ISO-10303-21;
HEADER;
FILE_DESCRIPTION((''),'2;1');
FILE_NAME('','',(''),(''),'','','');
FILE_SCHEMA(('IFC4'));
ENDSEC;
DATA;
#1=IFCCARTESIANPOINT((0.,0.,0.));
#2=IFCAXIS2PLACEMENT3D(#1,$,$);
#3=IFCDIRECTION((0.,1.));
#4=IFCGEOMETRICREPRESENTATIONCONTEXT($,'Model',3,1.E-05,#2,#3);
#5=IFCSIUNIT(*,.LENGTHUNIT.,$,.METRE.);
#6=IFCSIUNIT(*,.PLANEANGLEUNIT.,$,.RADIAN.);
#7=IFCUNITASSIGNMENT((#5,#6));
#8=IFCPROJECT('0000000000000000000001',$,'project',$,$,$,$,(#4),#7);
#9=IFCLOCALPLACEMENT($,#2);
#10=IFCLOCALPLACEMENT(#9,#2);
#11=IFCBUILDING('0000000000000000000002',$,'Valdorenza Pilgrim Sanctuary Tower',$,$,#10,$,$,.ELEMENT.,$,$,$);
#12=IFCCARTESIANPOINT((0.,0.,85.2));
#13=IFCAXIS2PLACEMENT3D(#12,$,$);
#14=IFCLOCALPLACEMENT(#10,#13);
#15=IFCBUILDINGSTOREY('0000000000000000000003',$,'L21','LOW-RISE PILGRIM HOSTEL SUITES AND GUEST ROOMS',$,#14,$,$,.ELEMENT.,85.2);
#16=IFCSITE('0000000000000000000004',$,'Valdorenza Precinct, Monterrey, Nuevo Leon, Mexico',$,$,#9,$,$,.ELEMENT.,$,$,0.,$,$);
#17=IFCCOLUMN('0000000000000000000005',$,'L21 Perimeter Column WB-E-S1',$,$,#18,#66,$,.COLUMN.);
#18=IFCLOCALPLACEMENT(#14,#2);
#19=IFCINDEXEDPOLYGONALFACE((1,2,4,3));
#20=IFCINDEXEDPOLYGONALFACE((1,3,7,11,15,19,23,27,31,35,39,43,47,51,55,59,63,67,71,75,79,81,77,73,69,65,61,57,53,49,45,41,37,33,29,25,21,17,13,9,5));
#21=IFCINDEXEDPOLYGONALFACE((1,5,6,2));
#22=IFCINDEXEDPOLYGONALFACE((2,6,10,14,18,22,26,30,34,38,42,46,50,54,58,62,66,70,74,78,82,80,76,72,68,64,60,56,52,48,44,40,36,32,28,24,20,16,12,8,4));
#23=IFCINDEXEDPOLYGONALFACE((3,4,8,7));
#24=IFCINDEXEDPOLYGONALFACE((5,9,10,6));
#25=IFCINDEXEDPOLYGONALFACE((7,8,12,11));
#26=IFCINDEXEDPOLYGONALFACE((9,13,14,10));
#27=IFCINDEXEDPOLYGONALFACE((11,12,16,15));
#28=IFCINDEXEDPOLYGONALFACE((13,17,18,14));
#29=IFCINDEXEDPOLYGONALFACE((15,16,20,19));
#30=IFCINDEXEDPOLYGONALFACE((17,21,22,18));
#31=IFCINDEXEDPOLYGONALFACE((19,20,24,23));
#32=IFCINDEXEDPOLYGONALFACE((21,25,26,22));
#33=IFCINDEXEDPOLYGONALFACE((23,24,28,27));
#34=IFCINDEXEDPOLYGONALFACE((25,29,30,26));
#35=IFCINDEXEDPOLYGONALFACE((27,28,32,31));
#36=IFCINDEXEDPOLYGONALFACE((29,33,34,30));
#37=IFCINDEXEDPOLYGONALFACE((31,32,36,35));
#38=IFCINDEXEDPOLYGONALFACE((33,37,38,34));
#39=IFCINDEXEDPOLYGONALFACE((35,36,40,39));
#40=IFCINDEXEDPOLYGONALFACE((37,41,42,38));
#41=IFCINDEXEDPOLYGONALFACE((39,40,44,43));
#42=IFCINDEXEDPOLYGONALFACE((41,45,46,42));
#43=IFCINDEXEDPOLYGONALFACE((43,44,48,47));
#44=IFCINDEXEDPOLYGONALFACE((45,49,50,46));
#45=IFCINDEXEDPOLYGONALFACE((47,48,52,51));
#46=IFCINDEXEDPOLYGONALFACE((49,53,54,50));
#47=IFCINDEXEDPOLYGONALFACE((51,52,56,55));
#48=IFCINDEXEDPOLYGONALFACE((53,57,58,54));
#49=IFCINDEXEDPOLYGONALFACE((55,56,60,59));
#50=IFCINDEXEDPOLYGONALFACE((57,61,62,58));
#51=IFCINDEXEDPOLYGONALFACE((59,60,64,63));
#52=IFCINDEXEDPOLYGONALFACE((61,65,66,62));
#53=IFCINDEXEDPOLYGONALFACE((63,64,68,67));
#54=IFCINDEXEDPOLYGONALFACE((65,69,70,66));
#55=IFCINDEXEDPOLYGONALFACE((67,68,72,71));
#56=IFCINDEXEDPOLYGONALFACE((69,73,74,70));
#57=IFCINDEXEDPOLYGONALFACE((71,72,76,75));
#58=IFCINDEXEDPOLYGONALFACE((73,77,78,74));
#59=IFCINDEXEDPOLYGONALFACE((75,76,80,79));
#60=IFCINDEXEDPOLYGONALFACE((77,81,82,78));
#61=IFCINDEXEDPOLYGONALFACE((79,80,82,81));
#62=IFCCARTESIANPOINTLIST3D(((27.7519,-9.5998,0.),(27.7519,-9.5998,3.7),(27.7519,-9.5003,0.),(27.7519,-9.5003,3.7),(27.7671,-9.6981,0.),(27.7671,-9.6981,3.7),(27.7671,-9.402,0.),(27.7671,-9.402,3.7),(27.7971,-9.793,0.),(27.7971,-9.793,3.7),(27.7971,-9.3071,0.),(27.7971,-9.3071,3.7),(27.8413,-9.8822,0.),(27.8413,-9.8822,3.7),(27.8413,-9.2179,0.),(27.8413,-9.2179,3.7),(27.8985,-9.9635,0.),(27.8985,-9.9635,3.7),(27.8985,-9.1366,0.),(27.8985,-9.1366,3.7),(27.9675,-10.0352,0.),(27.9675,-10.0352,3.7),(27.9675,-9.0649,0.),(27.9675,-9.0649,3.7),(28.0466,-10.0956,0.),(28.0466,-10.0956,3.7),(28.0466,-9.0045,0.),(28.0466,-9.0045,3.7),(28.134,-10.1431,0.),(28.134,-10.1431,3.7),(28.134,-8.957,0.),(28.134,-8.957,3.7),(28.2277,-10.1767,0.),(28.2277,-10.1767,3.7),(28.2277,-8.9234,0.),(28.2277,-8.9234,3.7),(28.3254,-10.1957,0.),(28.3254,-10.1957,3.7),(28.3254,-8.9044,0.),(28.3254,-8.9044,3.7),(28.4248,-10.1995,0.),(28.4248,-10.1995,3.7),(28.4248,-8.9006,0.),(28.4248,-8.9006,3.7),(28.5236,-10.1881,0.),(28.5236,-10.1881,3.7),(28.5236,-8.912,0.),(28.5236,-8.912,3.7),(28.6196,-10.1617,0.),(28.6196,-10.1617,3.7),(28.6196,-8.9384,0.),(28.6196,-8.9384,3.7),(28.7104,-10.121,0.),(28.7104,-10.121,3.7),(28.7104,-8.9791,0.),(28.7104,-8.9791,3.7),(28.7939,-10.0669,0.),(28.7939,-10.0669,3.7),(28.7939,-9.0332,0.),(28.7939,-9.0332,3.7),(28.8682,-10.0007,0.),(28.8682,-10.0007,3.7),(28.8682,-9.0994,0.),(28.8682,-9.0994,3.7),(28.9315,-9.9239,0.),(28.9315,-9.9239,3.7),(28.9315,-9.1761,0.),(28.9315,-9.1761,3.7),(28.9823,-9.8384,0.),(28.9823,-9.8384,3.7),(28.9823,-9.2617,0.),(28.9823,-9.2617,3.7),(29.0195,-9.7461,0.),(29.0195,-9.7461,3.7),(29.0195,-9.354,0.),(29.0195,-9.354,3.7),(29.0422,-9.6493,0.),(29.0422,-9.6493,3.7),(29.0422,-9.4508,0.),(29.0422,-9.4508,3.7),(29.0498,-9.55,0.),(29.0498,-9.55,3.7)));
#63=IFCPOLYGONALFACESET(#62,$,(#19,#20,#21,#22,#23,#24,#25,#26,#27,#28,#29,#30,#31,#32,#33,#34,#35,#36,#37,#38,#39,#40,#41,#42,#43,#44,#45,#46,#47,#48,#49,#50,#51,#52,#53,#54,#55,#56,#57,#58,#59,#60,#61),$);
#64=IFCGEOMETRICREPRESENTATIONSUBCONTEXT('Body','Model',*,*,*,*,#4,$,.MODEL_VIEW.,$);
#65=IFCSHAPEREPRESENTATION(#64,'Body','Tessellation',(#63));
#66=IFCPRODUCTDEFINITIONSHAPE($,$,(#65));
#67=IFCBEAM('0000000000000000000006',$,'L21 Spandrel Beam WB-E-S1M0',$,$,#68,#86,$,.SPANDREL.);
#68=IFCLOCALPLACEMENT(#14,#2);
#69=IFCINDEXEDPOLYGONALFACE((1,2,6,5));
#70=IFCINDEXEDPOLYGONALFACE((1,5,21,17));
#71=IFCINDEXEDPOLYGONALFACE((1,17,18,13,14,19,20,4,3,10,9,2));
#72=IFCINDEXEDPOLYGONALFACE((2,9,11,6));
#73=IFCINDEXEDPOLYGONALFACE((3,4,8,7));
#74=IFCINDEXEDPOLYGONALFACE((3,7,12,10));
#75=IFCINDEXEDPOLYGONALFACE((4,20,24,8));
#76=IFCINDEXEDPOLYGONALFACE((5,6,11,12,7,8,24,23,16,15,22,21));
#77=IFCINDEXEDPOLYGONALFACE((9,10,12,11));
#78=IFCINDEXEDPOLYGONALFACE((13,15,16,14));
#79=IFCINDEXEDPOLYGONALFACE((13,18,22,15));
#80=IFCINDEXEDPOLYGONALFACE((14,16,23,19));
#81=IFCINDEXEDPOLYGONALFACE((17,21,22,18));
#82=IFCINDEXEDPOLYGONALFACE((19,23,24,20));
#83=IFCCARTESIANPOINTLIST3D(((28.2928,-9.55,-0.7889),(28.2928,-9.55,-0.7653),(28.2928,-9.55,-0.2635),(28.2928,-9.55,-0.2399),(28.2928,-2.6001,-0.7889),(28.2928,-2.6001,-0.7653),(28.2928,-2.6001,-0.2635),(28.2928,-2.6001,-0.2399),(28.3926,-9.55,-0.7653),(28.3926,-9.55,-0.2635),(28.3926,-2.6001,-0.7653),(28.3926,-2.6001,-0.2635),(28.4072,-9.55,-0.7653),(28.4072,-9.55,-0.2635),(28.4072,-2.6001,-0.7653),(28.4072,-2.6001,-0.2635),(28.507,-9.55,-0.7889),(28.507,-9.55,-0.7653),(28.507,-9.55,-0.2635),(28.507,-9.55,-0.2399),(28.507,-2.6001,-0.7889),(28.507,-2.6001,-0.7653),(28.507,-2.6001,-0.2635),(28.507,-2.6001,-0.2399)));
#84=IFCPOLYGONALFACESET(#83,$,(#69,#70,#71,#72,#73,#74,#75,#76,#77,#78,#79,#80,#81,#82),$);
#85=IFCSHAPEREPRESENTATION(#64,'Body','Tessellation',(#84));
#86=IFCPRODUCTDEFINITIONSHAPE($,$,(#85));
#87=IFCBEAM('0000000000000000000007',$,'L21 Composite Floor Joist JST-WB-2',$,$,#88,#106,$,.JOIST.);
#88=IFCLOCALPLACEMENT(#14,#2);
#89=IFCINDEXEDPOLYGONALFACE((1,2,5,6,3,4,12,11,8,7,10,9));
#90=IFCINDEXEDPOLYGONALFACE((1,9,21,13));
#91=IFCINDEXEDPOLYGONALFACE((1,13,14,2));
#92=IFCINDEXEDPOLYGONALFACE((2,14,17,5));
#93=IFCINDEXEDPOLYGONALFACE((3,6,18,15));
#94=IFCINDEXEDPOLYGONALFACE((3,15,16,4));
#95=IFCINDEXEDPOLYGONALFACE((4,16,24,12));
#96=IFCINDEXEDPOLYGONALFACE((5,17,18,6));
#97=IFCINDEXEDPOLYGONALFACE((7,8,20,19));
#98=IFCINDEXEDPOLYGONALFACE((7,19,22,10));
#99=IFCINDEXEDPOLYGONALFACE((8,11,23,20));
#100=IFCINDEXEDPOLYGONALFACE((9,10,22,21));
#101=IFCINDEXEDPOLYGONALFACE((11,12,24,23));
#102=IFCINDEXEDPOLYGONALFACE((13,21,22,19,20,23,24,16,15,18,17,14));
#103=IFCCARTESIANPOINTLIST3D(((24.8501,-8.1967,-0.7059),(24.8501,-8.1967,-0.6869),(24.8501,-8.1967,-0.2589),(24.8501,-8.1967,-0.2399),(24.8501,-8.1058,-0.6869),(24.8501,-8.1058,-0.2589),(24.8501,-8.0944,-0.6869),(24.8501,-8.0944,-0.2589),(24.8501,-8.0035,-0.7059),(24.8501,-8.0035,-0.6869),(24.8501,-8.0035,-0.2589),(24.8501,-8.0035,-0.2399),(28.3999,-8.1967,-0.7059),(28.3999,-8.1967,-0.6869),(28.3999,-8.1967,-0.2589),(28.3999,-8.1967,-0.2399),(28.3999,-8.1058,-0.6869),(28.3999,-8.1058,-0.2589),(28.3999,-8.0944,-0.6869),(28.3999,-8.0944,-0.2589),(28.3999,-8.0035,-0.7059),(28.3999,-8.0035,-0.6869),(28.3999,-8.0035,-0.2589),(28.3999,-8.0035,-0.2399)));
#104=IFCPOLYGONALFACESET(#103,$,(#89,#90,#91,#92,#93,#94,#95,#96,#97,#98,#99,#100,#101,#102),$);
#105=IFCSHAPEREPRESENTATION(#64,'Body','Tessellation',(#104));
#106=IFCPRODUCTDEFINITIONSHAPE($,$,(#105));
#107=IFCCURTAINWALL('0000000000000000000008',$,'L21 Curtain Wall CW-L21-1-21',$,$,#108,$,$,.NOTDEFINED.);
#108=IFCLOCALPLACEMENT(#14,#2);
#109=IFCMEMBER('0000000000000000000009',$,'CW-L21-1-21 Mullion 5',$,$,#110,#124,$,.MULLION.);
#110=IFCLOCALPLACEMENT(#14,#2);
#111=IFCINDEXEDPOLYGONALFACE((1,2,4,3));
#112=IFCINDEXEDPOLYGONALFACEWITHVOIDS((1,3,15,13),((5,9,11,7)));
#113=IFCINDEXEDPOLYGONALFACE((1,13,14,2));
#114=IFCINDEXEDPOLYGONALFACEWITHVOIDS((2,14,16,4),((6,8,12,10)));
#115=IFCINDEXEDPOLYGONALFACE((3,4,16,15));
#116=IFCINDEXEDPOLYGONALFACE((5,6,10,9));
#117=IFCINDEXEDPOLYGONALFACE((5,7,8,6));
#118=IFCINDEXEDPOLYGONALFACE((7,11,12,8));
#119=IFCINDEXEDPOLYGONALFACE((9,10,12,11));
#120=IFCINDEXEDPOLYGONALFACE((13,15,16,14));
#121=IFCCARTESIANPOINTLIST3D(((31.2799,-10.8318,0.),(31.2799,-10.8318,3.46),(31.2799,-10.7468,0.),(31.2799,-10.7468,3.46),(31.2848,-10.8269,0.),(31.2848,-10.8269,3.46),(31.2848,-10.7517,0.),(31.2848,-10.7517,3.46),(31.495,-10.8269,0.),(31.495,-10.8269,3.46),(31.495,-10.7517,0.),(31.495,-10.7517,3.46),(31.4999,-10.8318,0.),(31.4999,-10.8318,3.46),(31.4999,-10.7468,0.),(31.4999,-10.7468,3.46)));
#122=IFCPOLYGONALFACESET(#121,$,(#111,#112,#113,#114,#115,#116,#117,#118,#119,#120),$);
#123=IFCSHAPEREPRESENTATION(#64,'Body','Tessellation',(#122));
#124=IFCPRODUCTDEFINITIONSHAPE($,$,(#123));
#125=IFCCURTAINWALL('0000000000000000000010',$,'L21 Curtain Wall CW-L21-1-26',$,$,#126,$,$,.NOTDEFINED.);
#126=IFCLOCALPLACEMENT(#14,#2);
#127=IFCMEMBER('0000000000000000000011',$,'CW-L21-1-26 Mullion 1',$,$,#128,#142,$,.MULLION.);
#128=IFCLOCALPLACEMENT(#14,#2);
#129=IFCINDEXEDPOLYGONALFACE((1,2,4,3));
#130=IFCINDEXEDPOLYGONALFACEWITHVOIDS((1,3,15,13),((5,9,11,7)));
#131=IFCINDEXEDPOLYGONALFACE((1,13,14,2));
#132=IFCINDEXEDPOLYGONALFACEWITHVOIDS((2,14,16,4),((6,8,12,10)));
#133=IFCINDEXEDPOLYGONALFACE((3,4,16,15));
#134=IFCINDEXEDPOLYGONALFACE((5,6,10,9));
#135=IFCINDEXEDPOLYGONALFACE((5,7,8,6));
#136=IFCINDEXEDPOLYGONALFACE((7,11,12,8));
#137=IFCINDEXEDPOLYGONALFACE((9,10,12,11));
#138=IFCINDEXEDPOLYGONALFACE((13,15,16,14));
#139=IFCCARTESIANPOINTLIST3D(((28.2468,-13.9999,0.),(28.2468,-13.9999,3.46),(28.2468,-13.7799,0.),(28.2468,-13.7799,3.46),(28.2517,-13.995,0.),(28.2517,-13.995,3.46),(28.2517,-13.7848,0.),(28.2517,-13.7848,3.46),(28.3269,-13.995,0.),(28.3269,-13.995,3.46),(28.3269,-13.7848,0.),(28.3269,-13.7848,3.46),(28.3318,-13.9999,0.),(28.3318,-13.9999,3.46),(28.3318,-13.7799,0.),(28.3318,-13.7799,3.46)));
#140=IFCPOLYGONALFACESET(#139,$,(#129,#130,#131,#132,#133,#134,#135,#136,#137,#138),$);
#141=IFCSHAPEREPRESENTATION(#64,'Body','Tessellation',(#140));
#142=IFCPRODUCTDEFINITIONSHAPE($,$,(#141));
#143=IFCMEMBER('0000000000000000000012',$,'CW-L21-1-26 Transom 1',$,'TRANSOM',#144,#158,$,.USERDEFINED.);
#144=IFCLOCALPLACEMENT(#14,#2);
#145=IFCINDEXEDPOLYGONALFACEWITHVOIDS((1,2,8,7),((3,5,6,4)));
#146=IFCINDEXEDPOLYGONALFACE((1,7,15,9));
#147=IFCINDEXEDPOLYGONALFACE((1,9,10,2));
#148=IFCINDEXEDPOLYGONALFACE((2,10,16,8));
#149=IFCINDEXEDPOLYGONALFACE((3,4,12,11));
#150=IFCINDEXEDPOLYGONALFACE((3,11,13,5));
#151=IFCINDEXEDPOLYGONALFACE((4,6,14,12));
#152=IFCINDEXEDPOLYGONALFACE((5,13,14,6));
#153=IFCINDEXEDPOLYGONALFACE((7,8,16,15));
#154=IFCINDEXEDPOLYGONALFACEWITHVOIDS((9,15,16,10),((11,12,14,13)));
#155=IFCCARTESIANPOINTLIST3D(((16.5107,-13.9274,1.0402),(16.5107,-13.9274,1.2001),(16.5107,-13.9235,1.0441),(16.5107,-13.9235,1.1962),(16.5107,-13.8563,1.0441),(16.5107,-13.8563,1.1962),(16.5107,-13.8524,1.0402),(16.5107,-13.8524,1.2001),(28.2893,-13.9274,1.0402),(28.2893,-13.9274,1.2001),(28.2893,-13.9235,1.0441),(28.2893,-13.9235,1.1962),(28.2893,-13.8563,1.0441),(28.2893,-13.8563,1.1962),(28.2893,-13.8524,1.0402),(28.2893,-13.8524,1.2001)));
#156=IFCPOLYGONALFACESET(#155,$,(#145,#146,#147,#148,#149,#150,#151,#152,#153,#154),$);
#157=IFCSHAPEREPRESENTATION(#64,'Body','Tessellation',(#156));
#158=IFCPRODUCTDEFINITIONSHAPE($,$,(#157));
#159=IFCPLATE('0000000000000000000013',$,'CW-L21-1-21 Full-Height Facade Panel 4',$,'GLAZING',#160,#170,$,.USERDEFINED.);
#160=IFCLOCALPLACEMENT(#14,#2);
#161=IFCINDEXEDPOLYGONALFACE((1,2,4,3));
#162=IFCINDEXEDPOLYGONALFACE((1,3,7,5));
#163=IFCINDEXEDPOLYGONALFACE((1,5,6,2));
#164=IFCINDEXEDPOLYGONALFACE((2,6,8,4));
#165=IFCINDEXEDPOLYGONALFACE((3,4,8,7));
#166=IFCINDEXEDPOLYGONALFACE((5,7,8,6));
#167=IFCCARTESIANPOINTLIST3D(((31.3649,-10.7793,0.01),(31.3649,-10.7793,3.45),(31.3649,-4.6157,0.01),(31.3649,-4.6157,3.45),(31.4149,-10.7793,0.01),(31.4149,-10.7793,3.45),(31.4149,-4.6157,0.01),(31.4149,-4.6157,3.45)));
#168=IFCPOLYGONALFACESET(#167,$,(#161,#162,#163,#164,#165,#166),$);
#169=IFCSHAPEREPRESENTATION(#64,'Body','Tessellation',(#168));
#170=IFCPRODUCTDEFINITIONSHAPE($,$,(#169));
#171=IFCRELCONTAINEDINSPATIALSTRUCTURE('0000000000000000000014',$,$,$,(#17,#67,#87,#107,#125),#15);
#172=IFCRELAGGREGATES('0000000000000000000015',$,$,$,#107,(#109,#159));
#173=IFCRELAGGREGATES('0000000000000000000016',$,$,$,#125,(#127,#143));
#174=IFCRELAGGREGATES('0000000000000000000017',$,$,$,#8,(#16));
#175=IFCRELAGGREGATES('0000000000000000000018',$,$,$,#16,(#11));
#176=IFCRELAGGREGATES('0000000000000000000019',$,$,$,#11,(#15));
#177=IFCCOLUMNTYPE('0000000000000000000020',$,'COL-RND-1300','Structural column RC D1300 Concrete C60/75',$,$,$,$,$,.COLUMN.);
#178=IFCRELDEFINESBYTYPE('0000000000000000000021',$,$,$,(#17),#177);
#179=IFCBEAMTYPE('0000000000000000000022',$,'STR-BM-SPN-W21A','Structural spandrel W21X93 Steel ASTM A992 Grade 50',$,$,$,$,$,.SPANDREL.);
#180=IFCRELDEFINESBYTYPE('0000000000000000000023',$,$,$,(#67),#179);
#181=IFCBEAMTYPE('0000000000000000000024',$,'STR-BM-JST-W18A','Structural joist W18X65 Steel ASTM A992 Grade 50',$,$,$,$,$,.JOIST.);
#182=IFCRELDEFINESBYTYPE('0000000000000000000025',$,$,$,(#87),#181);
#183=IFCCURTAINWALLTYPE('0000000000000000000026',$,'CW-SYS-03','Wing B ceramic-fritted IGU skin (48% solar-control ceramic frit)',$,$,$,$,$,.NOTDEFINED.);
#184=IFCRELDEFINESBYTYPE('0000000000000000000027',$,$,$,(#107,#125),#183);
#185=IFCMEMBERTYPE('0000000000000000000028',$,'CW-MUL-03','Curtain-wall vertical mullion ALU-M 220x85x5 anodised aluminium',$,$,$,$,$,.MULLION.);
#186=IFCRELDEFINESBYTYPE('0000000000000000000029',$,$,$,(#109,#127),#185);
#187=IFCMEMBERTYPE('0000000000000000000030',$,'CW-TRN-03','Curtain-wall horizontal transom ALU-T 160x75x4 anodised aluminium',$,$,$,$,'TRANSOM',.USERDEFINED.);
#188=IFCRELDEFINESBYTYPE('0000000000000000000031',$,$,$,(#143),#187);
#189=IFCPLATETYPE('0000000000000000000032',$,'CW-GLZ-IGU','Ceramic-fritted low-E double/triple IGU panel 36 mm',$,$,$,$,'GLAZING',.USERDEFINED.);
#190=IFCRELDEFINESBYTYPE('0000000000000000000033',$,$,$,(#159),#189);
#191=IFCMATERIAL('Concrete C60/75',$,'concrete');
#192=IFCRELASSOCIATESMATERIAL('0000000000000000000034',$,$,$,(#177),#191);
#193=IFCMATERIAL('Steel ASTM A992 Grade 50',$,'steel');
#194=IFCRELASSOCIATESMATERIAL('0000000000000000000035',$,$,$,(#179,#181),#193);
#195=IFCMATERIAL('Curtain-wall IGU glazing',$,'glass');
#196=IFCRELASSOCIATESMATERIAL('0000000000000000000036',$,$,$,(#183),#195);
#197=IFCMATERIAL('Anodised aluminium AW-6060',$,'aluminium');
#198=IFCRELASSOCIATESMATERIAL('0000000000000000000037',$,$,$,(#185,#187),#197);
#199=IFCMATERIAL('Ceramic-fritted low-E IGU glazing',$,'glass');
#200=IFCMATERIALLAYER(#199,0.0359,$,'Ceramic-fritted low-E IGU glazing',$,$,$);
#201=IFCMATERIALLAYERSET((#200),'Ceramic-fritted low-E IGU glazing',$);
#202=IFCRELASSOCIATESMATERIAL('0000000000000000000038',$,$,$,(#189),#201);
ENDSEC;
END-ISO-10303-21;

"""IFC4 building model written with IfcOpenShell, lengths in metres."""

from ifc_helpers import new_model, si_unit, direction, frame, origin, origin_2d, place, context, subcontext, project, spatial, rectangle, hollow_rectangle, circle, i_section, extrude, source, transform, mapped, material, layer, layer_set, material_profile, profile_set, type_object, element, aggregate, save


model = new_model("IFC4")

# Units and contexts
model_context = context("Model", 3, precision=1e-05, world=origin(), true_north=direction((0.0, 1.0)))
body_context = subcontext(model_context, "Body", "Model", "MODEL_VIEW")
ifc_project = project(units=[si_unit("LENGTHUNIT", "METRE"), si_unit("PLANEANGLEUNIT", "RADIAN")], contexts=[model_context])

# Site, building, storey
site_placement = place(None, origin())
site = spatial("IfcSite", under=ifc_project, at=site_placement, Name="Valdorenza Precinct, Monterrey, Nuevo Leon, Mexico", CompositionType="ELEMENT", RefElevation=0.0)
building_placement = place(site_placement, origin())
building = spatial("IfcBuilding", under=site, at=building_placement, Name="Valdorenza Pilgrim Sanctuary Tower", CompositionType="ELEMENT")
storey_placement = place(building_placement, frame((0.0, 0.0, 85.2)))
storey = spatial("IfcBuildingStorey", under=building, at=storey_placement, Name="L21", Description="LOW-RISE PILGRIM HOSTEL SUITES AND GUEST ROOMS", CompositionType="ELEMENT", Elevation=85.2)

# Column
ifc_material_1 = material(Name="Concrete C60/75", Category="concrete")
ifc_material_profile_1 = material_profile(ifc_material_1, circle(Radius=0.6499, at=origin_2d()), Name="RC D1300")
ifc_profile_set_1 = profile_set([ifc_material_profile_1], Name="Concrete C60/75")
column_type = type_object("IfcColumnType", Name="COL-RND-1300", Description="Structural column RC D1300 Concrete C60/75", PredefinedType="COLUMN", material=ifc_profile_set_1)
shared_shape_1 = source(origin(), body_context, "Body", "SweptSolid", [
    extrude(circle(Radius=0.6499, at=origin_2d()), origin(), (0.0, 0.0, 1.0), 3.7),
])
column_placement = place(storey_placement, frame((28.3999, -9.55, 0.0), z_axis=(0.0, 0.0, 1.0), x_axis=(1.0, 0.0, 0.0)))
element("IfcColumn", 1, at=column_placement, inside=storey, type_object=column_type, Name="L21 Perimeter Column WB-E-S1", PredefinedType="COLUMN", context=body_context, shape_type="MappedRepresentation", body=[
    mapped(shared_shape_1, transform((0.0, 0.0, 0.0), x_axis=(1.0, 0.0, 0.0), y_axis=(0.0, 1.0, 0.0), z_axis=(0.0, 0.0, 1.0), scale=1.0)),
])

# Beams
ifc_material_2 = material(Name="Steel ASTM A992 Grade 50", Category="steel")
ifc_material_profile_2 = material_profile(ifc_material_2, i_section(OverallWidth=0.2141, OverallDepth=0.5491, WebThickness=0.0146, FlangeThickness=0.0237, at=origin_2d()), Name="W21X93")
ifc_profile_set_2 = profile_set([ifc_material_profile_2], Name="Steel ASTM A992 Grade 50")
beam_type_1 = type_object("IfcBeamType", Name="STR-BM-SPN-W21A", Description="Structural spandrel W21X93 Steel ASTM A992 Grade 50", PredefinedType="SPANDREL", material=ifc_profile_set_2)
shared_shape_2 = source(origin(), body_context, "Body", "SweptSolid", [
    extrude(i_section(OverallWidth=0.2141, OverallDepth=0.5491, WebThickness=0.0146, FlangeThickness=0.0237, at=origin_2d()), origin(), (0.0, 0.0, 1.0), 6.95),
])
beam_1_placement = place(storey_placement, frame((28.3999, -9.55, -0.5144), z_axis=(0.0, 1.0, 0.0), x_axis=(-1.0, 0.0, 0.0)))
element("IfcBeam", 2, at=beam_1_placement, inside=storey, type_object=beam_type_1, Name="L21 Spandrel Beam WB-E-S1M0", PredefinedType="SPANDREL", context=body_context, shape_type="MappedRepresentation", body=[
    mapped(shared_shape_2, transform((0.0, 0.0, 0.0), x_axis=(1.0, 0.0, 0.0), y_axis=(0.0, 1.0, 0.0), z_axis=(0.0, 0.0, 1.0), scale=1.0)),
])
ifc_material_profile_3 = material_profile(ifc_material_2, i_section(OverallWidth=0.1931, OverallDepth=0.4661, WebThickness=0.0115, FlangeThickness=0.019, at=origin_2d()), Name="W18X65")
ifc_profile_set_3 = profile_set([ifc_material_profile_3], Name="Steel ASTM A992 Grade 50")
beam_type_2 = type_object("IfcBeamType", Name="STR-BM-JST-W18A", Description="Structural joist W18X65 Steel ASTM A992 Grade 50", PredefinedType="JOIST", material=ifc_profile_set_3)
shared_shape_3 = source(origin(), body_context, "Body", "SweptSolid", [
    extrude(i_section(OverallWidth=0.1931, OverallDepth=0.4661, WebThickness=0.0115, FlangeThickness=0.019, at=origin_2d()), origin(), (0.0, 0.0, 1.0), 3.5498),
])
beam_2_placement = place(storey_placement, frame((24.8501, -8.1001, -0.4729), z_axis=(1.0, 0.0, 0.0), x_axis=(0.0, 1.0, 0.0)))
element("IfcBeam", 3, at=beam_2_placement, inside=storey, type_object=beam_type_2, Name="L21 Composite Floor Joist JST-WB-2", PredefinedType="JOIST", context=body_context, shape_type="MappedRepresentation", body=[
    mapped(shared_shape_3, transform((0.0, 0.0, 0.0), x_axis=(1.0, 0.0, 0.0), y_axis=(0.0, 1.0, 0.0), z_axis=(0.0, 0.0, 1.0), scale=1.0)),
])

# Curtain wall, member
ifc_material_3 = material(Name="Curtain-wall IGU glazing", Category="glass")
curtain_wall_type = type_object("IfcCurtainWallType", Name="CW-SYS-03", Description="Wing B ceramic-fritted IGU skin (48% solar-control ceramic frit)", PredefinedType="NOTDEFINED", material=ifc_material_3)
curtain_wall_1_placement = place(storey_placement, origin())
curtain_wall_1 = element("IfcCurtainWall", 4, at=curtain_wall_1_placement, inside=storey, type_object=curtain_wall_type, Name="L21 Curtain Wall CW-L21-1-21", PredefinedType="NOTDEFINED")
ifc_material_4 = material(Name="Anodised aluminium AW-6060", Category="aluminium")
ifc_material_profile_4 = material_profile(ifc_material_4, hollow_rectangle(XDim=0.085, YDim=0.22, WallThickness=0.0049, at=origin_2d()), Name="ALU-M 220x85x5")
ifc_profile_set_4 = profile_set([ifc_material_profile_4], Name="Anodised aluminium AW-6060")
member_type_1 = type_object("IfcMemberType", Name="CW-MUL-03", Description="Curtain-wall vertical mullion ALU-M 220x85x5 anodised aluminium", PredefinedType="MULLION", material=ifc_profile_set_4)
shared_shape_4 = source(origin(), body_context, "Body", "SweptSolid", [
    extrude(hollow_rectangle(XDim=0.085, YDim=0.22, WallThickness=0.0049, at=origin_2d()), origin(), (0.0, 0.0, 1.0), 3.46),
])
member_1_placement = place(storey_placement, frame((31.3899, -10.7893, 0.0), z_axis=(0.0, 0.0, 1.0), x_axis=(0.0, -1.0, 0.0)))
member_1 = element("IfcMember", 5, at=member_1_placement, type_object=member_type_1, Name="CW-L21-1-21 Mullion 5", PredefinedType="MULLION", context=body_context, shape_type="MappedRepresentation", body=[
    mapped(shared_shape_4, transform((0.0, 0.0, 0.0), x_axis=(1.0, 0.0, 0.0), y_axis=(0.0, 1.0, 0.0), z_axis=(0.0, 0.0, 1.0), scale=1.0)),
])

# Curtain wall, members
curtain_wall_2_placement = place(storey_placement, origin())
curtain_wall_2 = element("IfcCurtainWall", 6, at=curtain_wall_2_placement, inside=storey, type_object=curtain_wall_type, Name="L21 Curtain Wall CW-L21-1-26", PredefinedType="NOTDEFINED")
member_2_placement = place(storey_placement, frame((28.2893, -13.8899, 0.0), z_axis=(0.0, 0.0, 1.0), x_axis=(-1.0, 0.0, 0.0)))
member_2 = element("IfcMember", 7, at=member_2_placement, type_object=member_type_1, Name="CW-L21-1-26 Mullion 1", PredefinedType="MULLION", context=body_context, shape_type="MappedRepresentation", body=[
    mapped(shared_shape_4, transform((0.0, 0.0, 0.0), x_axis=(1.0, 0.0, 0.0), y_axis=(0.0, 1.0, 0.0), z_axis=(0.0, 0.0, 1.0), scale=1.0)),
])
ifc_material_profile_5 = material_profile(ifc_material_4, hollow_rectangle(XDim=0.075, YDim=0.1599, WallThickness=0.0039, at=origin_2d()), Name="ALU-T 160x75x4")
ifc_profile_set_5 = profile_set([ifc_material_profile_5], Name="Anodised aluminium AW-6060")
member_type_2 = type_object("IfcMemberType", Name="CW-TRN-03", Description="Curtain-wall horizontal transom ALU-T 160x75x4 anodised aluminium", ElementType="TRANSOM", PredefinedType="USERDEFINED", material=ifc_profile_set_5)
shared_shape_5 = source(origin(), body_context, "Body", "SweptSolid", [
    extrude(hollow_rectangle(XDim=0.075, YDim=0.1599, WallThickness=0.0039, at=origin_2d()), origin(), (0.0, 0.0, 1.0), 11.7786),
])
member_3_placement = place(storey_placement, frame((28.2893, -13.8899, 1.1201), z_axis=(-1.0, 0.0, 0.0), x_axis=(0.0, -1.0, 0.0)))
member_3 = element("IfcMember", 8, at=member_3_placement, type_object=member_type_2, Name="CW-L21-1-26 Transom 1", ObjectType="TRANSOM", PredefinedType="USERDEFINED", context=body_context, shape_type="MappedRepresentation", body=[
    mapped(shared_shape_5, transform((0.0, 0.0, 0.0), x_axis=(1.0, 0.0, 0.0), y_axis=(0.0, 1.0, 0.0), z_axis=(0.0, 0.0, 1.0), scale=1.0)),
])

# Plate
ifc_material_5 = material(Name="Ceramic-fritted low-E IGU glazing", Category="glass")
ifc_layer_1 = layer(ifc_material_5, 0.0359, Name="Ceramic-fritted low-E IGU glazing")
ifc_layer_set_1 = layer_set([ifc_layer_1], Name="Ceramic-fritted low-E IGU glazing")
plate_type_1 = type_object("IfcPlateType", Name="CW-GLZ-IGU", Description="Ceramic-fritted low-E double/triple IGU panel 36 mm", ElementType="GLAZING", PredefinedType="USERDEFINED", material=ifc_layer_set_1)
shared_shape_6 = source(origin(), body_context, "Body", "SweptSolid", [
    extrude(rectangle(XDim=6.1636, YDim=0.05, at=origin_2d()), origin(), (0.0, 0.0, 1.0), 3.4399),
])
plate_1_placement = place(storey_placement, frame((31.3899, -7.6975, 0.01), z_axis=(0.0, 0.0, 1.0), x_axis=(0.0, -1.0, 0.0)))
plate_1 = element("IfcPlate", 9, at=plate_1_placement, type_object=plate_type_1, Name="CW-L21-1-21 Full-Height Facade Panel 4", ObjectType="GLAZING", PredefinedType="USERDEFINED", context=body_context, shape_type="MappedRepresentation", body=[
    mapped(shared_shape_6, transform((0.0, 0.0, 0.0), x_axis=(1.0, 0.0, 0.0), y_axis=(0.0, 1.0, 0.0), z_axis=(0.0, 0.0, 1.0), scale=1.0)),
])
aggregate(curtain_wall_1, [member_1, plate_1])
aggregate(curtain_wall_2, [member_2, member_3])

save(model, "model.ifc")
